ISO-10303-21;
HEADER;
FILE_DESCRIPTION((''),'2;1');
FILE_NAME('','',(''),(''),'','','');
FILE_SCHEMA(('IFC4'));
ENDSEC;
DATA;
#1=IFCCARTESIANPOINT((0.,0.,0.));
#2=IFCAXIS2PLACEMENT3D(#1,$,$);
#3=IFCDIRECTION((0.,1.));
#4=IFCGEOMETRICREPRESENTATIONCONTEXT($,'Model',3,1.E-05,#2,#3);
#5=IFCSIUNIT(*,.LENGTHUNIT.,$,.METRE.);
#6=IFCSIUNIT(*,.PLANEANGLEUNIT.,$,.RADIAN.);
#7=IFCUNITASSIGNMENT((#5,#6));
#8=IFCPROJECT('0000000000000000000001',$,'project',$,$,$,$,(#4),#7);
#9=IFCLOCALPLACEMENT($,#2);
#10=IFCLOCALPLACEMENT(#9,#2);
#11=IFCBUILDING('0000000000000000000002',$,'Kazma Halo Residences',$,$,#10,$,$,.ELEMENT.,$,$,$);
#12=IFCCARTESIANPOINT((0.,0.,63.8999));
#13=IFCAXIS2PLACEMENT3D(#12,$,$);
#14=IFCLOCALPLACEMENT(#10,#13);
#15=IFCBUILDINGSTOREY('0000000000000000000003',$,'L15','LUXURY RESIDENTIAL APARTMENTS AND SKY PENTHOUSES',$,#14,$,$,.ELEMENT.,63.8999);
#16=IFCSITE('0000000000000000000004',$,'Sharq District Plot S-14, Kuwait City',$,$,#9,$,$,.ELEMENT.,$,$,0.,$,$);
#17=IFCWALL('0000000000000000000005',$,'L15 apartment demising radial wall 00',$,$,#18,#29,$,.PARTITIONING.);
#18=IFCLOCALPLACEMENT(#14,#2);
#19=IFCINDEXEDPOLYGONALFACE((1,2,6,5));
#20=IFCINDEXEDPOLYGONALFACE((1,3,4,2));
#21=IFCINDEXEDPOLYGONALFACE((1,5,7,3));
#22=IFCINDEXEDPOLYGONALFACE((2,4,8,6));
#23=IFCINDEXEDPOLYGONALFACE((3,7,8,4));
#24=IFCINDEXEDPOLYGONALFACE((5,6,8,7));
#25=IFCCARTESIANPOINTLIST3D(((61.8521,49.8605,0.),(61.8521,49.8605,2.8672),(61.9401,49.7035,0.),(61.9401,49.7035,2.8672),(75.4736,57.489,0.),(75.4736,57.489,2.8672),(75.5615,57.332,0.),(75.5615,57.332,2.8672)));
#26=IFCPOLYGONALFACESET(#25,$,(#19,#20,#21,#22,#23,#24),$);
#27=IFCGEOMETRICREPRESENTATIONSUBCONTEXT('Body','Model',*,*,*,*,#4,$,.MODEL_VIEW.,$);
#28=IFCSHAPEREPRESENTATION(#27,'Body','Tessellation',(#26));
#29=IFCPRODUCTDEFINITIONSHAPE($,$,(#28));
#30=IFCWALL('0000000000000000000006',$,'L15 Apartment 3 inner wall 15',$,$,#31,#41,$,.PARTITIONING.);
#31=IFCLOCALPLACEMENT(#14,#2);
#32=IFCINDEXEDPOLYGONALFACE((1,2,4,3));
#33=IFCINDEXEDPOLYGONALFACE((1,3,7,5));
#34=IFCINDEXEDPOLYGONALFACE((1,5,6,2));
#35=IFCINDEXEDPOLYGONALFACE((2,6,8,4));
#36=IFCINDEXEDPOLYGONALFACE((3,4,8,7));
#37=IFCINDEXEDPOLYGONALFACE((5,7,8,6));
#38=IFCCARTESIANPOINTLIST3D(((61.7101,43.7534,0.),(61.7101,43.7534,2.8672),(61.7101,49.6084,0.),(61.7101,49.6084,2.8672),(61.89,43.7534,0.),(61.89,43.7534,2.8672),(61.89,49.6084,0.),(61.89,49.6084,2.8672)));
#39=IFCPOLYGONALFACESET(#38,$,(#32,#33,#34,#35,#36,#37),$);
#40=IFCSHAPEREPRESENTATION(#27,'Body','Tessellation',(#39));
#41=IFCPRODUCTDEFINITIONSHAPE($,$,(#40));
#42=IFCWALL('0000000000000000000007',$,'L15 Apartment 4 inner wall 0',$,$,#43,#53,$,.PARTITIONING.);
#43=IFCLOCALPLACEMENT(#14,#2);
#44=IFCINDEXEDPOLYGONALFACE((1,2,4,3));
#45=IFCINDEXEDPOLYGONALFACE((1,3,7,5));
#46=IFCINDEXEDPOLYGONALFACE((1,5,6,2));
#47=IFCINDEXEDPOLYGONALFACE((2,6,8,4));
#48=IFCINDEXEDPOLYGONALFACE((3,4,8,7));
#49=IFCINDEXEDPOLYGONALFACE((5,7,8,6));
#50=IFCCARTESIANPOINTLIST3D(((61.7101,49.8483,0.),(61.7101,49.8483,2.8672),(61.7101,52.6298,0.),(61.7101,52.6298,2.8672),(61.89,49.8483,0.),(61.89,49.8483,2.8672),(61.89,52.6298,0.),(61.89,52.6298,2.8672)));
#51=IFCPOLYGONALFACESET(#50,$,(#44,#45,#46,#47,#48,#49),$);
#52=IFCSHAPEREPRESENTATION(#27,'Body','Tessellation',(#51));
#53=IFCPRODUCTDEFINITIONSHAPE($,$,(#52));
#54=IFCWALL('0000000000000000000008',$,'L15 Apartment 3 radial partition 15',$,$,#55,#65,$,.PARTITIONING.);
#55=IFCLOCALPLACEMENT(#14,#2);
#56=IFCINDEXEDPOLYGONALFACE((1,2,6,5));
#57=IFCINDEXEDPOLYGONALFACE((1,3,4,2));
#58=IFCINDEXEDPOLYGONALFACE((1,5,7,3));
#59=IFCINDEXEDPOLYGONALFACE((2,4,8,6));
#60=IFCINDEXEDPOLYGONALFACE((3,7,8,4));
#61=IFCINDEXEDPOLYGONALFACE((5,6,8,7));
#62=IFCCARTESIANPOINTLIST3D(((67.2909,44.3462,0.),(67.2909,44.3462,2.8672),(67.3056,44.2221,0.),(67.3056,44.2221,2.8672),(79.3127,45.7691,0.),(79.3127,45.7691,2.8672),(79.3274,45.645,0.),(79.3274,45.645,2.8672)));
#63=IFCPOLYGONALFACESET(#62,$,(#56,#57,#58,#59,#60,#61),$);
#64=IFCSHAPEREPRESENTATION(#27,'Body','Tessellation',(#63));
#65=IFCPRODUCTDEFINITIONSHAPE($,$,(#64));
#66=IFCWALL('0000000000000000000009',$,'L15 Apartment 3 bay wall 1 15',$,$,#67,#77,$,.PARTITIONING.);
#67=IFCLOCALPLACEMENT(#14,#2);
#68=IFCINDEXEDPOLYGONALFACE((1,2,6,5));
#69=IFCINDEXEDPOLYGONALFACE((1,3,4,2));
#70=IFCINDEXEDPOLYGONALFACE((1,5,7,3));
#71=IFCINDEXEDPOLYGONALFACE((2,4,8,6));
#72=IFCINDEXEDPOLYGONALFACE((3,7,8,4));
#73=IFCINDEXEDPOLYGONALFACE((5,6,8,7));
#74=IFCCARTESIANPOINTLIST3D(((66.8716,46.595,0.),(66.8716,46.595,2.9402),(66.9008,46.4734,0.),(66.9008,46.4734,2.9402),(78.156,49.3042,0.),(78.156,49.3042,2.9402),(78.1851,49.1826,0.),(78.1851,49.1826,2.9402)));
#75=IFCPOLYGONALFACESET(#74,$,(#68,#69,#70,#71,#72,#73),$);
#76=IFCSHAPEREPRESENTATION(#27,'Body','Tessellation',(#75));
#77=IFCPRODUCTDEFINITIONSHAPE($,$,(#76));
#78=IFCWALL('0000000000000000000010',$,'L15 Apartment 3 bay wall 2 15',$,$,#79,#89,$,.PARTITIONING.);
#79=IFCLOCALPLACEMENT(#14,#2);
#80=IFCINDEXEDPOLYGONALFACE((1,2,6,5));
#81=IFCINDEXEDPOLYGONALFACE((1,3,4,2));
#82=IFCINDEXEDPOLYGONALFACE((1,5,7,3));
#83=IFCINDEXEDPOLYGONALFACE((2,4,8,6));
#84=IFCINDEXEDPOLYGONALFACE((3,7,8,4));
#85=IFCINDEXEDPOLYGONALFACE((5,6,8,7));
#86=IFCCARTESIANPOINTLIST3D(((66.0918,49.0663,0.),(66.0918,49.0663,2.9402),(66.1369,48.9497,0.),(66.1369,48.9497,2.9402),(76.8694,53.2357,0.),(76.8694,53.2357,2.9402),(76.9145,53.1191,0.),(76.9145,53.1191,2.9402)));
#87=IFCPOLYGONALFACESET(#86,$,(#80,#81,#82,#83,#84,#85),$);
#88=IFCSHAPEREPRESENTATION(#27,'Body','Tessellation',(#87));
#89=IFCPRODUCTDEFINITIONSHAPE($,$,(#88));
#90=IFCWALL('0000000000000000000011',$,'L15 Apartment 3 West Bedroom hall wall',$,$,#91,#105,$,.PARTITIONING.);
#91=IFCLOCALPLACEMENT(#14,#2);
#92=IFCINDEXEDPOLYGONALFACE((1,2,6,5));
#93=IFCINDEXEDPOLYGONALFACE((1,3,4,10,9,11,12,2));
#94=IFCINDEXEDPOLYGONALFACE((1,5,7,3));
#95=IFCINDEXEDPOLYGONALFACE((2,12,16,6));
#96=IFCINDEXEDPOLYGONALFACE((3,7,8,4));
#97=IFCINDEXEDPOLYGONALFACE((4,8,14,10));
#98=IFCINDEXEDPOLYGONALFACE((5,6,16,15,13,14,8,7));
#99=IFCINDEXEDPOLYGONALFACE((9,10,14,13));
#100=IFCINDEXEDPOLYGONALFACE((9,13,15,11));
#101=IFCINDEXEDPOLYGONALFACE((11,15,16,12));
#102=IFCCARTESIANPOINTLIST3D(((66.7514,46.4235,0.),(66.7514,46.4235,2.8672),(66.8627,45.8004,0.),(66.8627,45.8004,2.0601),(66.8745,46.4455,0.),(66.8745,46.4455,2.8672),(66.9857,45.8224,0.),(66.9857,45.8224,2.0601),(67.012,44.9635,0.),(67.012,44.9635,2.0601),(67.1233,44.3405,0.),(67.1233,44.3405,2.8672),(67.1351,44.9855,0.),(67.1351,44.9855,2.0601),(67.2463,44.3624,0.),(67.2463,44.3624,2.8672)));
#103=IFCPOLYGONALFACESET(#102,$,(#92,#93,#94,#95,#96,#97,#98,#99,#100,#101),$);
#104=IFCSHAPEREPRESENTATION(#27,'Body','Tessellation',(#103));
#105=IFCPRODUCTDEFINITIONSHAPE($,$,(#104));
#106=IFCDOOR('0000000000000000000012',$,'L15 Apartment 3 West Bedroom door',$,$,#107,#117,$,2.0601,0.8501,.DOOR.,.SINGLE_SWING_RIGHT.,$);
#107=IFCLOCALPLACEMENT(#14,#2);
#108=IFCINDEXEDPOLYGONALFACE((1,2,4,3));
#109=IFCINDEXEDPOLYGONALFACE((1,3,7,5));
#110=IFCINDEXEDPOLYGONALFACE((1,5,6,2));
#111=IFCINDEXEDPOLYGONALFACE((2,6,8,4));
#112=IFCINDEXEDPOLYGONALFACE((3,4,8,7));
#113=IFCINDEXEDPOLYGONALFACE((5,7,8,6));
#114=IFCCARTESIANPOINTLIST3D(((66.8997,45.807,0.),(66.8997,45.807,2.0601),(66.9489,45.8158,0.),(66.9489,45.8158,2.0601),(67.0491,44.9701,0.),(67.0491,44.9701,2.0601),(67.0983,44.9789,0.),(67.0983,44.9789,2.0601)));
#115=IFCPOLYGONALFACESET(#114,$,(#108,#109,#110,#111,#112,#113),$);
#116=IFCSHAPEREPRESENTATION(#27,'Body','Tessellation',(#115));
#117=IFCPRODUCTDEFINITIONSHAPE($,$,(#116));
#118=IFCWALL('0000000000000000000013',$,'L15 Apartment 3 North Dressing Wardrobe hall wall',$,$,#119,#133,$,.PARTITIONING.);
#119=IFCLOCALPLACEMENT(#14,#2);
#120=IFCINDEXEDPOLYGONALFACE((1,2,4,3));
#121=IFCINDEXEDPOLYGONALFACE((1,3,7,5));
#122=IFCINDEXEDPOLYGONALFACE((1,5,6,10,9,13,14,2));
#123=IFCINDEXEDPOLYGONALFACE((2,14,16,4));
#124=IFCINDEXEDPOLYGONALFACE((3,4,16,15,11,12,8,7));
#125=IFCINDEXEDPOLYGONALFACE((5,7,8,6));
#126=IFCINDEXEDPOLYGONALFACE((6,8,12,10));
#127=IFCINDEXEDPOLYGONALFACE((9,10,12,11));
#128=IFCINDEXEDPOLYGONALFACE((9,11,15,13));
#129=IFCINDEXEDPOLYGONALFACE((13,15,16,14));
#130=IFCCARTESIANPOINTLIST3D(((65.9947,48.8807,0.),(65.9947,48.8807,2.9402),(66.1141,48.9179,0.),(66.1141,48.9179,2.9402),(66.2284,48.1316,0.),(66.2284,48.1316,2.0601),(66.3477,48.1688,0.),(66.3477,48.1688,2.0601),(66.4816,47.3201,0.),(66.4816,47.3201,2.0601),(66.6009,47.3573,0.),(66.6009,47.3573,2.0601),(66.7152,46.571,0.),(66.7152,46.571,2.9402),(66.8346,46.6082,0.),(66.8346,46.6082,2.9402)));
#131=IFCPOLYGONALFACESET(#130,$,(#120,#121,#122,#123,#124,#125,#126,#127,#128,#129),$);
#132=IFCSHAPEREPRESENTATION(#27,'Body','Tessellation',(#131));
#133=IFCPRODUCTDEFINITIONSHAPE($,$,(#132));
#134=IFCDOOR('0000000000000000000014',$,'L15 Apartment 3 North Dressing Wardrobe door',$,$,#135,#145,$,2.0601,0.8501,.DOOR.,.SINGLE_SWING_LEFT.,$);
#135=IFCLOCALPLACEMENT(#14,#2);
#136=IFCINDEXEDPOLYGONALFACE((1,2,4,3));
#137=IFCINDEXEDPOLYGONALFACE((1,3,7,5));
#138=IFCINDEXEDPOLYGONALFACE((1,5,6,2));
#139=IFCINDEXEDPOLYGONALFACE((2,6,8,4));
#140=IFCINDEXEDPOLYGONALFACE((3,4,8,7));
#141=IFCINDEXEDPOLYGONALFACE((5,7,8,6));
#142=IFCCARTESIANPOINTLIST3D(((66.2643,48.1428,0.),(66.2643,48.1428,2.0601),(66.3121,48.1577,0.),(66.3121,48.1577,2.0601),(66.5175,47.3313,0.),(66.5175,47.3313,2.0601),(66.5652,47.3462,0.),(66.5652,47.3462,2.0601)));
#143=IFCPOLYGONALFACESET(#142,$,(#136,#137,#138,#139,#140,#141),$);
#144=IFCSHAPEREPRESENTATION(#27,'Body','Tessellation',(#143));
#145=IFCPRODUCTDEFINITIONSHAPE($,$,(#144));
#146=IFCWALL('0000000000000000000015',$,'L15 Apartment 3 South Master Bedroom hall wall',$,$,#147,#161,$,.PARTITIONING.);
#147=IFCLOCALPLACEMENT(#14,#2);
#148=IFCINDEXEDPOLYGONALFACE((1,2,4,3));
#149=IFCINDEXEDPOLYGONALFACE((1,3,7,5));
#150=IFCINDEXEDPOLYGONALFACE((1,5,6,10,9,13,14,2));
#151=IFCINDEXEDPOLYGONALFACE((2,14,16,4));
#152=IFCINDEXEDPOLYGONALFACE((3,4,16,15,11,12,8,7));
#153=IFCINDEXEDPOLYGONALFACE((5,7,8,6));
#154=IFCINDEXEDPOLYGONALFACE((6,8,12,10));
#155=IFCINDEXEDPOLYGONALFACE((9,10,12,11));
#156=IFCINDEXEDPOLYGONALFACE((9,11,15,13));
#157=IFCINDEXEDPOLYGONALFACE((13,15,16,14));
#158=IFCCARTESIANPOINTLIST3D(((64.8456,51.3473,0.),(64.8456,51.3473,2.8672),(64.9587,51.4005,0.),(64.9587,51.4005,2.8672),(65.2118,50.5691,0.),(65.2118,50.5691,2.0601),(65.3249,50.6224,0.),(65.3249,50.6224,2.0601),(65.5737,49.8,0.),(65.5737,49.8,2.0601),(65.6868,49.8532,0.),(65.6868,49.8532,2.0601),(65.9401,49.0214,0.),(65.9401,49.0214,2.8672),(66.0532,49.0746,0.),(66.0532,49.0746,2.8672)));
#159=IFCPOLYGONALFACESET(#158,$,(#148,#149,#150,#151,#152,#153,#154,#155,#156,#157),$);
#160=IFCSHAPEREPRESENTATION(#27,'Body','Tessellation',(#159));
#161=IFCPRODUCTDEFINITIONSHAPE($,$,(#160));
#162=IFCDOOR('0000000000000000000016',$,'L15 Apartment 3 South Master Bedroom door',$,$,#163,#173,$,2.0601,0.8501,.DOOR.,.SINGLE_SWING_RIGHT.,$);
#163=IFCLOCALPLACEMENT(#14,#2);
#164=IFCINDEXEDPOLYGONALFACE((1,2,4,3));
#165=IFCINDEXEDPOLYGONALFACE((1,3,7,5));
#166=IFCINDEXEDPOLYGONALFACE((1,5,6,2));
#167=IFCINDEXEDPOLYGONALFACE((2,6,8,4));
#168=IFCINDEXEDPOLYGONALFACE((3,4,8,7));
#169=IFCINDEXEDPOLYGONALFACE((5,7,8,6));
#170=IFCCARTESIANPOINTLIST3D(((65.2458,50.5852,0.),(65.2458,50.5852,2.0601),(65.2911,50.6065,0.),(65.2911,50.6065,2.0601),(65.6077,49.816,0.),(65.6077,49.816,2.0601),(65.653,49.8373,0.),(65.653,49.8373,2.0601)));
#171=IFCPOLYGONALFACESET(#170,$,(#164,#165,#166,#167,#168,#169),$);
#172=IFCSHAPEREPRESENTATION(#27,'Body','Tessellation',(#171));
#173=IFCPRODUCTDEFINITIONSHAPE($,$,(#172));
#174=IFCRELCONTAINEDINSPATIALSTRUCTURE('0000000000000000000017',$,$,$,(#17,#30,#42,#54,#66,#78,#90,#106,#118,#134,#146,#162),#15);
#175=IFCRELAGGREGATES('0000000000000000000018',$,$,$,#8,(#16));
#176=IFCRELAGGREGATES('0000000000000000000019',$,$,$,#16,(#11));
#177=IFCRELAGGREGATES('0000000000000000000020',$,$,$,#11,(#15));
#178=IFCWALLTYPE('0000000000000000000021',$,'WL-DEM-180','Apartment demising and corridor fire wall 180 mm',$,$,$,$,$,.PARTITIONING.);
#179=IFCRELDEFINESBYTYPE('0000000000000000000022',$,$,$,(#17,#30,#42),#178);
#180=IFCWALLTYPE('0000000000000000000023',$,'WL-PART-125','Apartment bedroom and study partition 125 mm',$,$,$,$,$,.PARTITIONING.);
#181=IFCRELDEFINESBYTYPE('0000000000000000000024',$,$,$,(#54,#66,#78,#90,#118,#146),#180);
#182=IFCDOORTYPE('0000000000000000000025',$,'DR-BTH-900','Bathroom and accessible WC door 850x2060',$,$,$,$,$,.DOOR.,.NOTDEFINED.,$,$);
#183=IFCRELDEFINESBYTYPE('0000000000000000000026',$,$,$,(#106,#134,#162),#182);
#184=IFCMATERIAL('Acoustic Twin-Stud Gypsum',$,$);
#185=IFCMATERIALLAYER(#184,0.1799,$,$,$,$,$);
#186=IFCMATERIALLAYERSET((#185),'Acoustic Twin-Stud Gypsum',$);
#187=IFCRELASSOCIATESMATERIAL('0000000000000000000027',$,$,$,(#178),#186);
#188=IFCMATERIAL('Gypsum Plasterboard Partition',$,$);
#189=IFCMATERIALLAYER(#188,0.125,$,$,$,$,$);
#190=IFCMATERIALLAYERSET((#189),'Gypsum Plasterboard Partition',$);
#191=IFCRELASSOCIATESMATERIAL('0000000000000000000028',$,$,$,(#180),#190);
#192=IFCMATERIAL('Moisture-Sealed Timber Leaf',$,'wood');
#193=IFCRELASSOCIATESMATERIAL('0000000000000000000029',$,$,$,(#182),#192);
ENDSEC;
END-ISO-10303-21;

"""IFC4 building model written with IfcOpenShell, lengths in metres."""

from ifc_helpers import new_model, si_unit, direction, frame, frame_2d, origin, place, context, subcontext, project, spatial, rectangle, extrude, material, layer, layer_set, type_object, element, fill, save


model = new_model("IFC4")

# Units and contexts
model_context = context("Model", 3, precision=1e-05, world=origin(), true_north=direction((0.0, 1.0)))
body_context = subcontext(model_context, "Body", "Model", "MODEL_VIEW")
ifc_project = project(units=[si_unit("LENGTHUNIT", "METRE"), si_unit("PLANEANGLEUNIT", "RADIAN")], contexts=[model_context])

# Site, building, storey
site_placement = place(None, origin())
site = spatial("IfcSite", under=ifc_project, at=site_placement, Name="Sharq District Plot S-14, Kuwait City", CompositionType="ELEMENT", RefElevation=0.0)
building_placement = place(site_placement, origin())
building = spatial("IfcBuilding", under=site, at=building_placement, Name="Kazma Halo Residences", CompositionType="ELEMENT")
storey_placement = place(building_placement, frame((0.0, 0.0, 63.8999)))
storey = spatial("IfcBuildingStorey", under=building, at=storey_placement, Name="L15", Description="LUXURY RESIDENTIAL APARTMENTS AND SKY PENTHOUSES", CompositionType="ELEMENT", Elevation=63.8999)

# Walls
ifc_material_1 = material(Name="Acoustic Twin-Stud Gypsum")
ifc_layer_1 = layer(ifc_material_1, 0.1799)
ifc_layer_set_1 = layer_set([ifc_layer_1], Name="Acoustic Twin-Stud Gypsum")
wall_type_1 = type_object("IfcWallType", Name="WL-DEM-180", Description="Apartment demising and corridor fire wall 180 mm", PredefinedType="PARTITIONING", material=ifc_layer_set_1)
wall_1_placement = place(storey_placement, frame((61.896, 49.782, 0.0), z_axis=(0.0, 0.0, 1.0), x_axis=(0.872493, 0.488626, 0.0)))
element("IfcWall", 1, at=wall_1_placement, inside=storey, type_object=wall_type_1, Name="L15 apartment demising radial wall 00", PredefinedType="PARTITIONING", context=body_context, shape_type="SweptSolid", body=[
    extrude(rectangle(XDim=15.6121, YDim=0.1799, at=frame_2d((7.8062, 0.0))), origin(), (0.0, 0.0, 1.0), 2.8672),
])
wall_2_placement = place(storey_placement, frame((61.8, 43.7534, 0.0), z_axis=(0.0, 0.0, 1.0), x_axis=(0.0, 1.0, 0.0)))
element("IfcWall", 2, at=wall_2_placement, inside=storey, type_object=wall_type_1, Name="L15 Apartment 3 inner wall 15", PredefinedType="PARTITIONING", context=body_context, shape_type="SweptSolid", body=[
    extrude(rectangle(XDim=5.855, YDim=0.1799, at=frame_2d((2.9275, 0.0))), origin(), (0.0, 0.0, 1.0), 2.8672),
])
wall_3_placement = place(storey_placement, frame((61.8, 49.8484, 0.0), z_axis=(0.0, 0.0, 1.0), x_axis=(0.0, 1.0, 0.0)))
element("IfcWall", 3, at=wall_3_placement, inside=storey, type_object=wall_type_1, Name="L15 Apartment 4 inner wall 0", PredefinedType="PARTITIONING", context=body_context, shape_type="SweptSolid", body=[
    extrude(rectangle(XDim=2.7815, YDim=0.1799, at=frame_2d((1.3906, 0.0))), origin(), (0.0, 0.0, 1.0), 2.8672),
])
ifc_material_2 = material(Name="Gypsum Plasterboard Partition")
ifc_layer_2 = layer(ifc_material_2, 0.125)
ifc_layer_set_2 = layer_set([ifc_layer_2], Name="Gypsum Plasterboard Partition")
wall_type_2 = type_object("IfcWallType", Name="WL-PART-125", Description="Apartment bedroom and study partition 125 mm", PredefinedType="PARTITIONING", material=ifc_layer_set_2)
wall_4_placement = place(storey_placement, frame((67.2983, 44.2842, 0.0), z_axis=(0.0, 0.0, 1.0), x_axis=(0.993069, 0.117536, 0.0)))
element("IfcWall", 4, at=wall_4_placement, inside=storey, type_object=wall_type_2, Name="L15 Apartment 3 radial partition 15", PredefinedType="PARTITIONING", context=body_context, shape_type="SweptSolid", body=[
    extrude(rectangle(XDim=12.1057, YDim=0.125, at=frame_2d((6.0527, 0.0))), origin(), (0.0, 0.0, 1.0), 2.8672),
])
wall_5_placement = place(storey_placement, frame((66.8862, 46.5342, 0.0), z_axis=(0.0, 0.0, 1.0), x_axis=(0.972368, 0.233452, 0.0)))
element("IfcWall", 5, at=wall_5_placement, inside=storey, type_object=wall_type_2, Name="L15 Apartment 3 bay wall 1 15", PredefinedType="PARTITIONING", context=body_context, shape_type="SweptSolid", body=[
    extrude(rectangle(XDim=11.605, YDim=0.125, at=frame_2d((5.8025, 0.0))), origin(), (0.0, 0.0, 1.0), 2.9402),
])
wall_6_placement = place(storey_placement, frame((66.1145, 49.0081, 0.0), z_axis=(0.0, 0.0, 1.0), x_axis=(0.932642, 0.360803, 0.0)))
element("IfcWall", 6, at=wall_6_placement, inside=storey, type_object=wall_type_2, Name="L15 Apartment 3 bay wall 2 15", PredefinedType="PARTITIONING", context=body_context, shape_type="SweptSolid", body=[
    extrude(rectangle(XDim=11.5559, YDim=0.125, at=frame_2d((5.7778, 0.0))), origin(), (0.0, 0.0, 1.0), 2.9402),
])

# Walls, openings, doors
wall_7_placement = place(storey_placement, frame((67.1848, 44.3513, 0.0), z_axis=(0.0, 0.0, 1.0), x_axis=(-0.175727, 0.984439, 0.0)))
wall_7 = element("IfcWall", 7, at=wall_7_placement, inside=storey, type_object=wall_type_2, Name="L15 Apartment 3 West Bedroom hall wall", PredefinedType="PARTITIONING", context=body_context, shape_type="SweptSolid", body=[
    extrude(rectangle(XDim=2.116, YDim=0.125, at=frame_2d((1.0581, 0.0))), origin(), (0.0, 0.0, 1.0), 2.8672),
])
opening_1_placement = place(wall_7_placement, frame((0.6331, 0.0, 0.0)))
opening_1 = element("IfcOpeningElement", 8, at=opening_1_placement, cuts=wall_7, PredefinedType="OPENING", context=body_context, shape_type="SweptSolid", body=[
    extrude(rectangle(XDim=0.8501, YDim=2.0601, at=frame_2d((0.425, 1.03))), frame((0.0, 0.0725, 0.0), z_axis=(0.0, -1.0, 0.0), x_axis=(1.0, 0.0, 0.0)), (0.0, 0.0, 1.0), 0.145),
])
ifc_material_3 = material(Name="Moisture-Sealed Timber Leaf", Category="wood")
door_type = type_object("IfcDoorType", Name="DR-BTH-900", Description="Bathroom and accessible WC door 850x2060", OperationType="NOTDEFINED", PredefinedType="DOOR", material=ifc_material_3)
door_1_placement = place(opening_1_placement, origin())
door_1 = element("IfcDoor", 9, at=door_1_placement, inside=storey, type_object=door_type, Name="L15 Apartment 3 West Bedroom door", OperationType="SINGLE_SWING_RIGHT", OverallHeight=2.0601, OverallWidth=0.8501, PredefinedType="DOOR", context=body_context, shape_type="SweptSolid", body=[
    extrude(rectangle(XDim=0.8501, YDim=2.0601, at=frame_2d((0.425, 1.03))), frame((0.0, 0.0249, 0.0), z_axis=(0.0, -1.0, 0.0), x_axis=(1.0, 0.0, 0.0)), (0.0, 0.0, 1.0), 0.05),
])
fill(opening_1, door_1)
wall_8_placement = place(storey_placement, frame((66.7749, 46.5896, 0.0), z_axis=(0.0, 0.0, 1.0), x_axis=(-0.297792, 0.954631, 0.0)))
wall_8 = element("IfcWall", 10, at=wall_8_placement, inside=storey, type_object=wall_type_2, Name="L15 Apartment 3 North Dressing Wardrobe hall wall", PredefinedType="PARTITIONING", context=body_context, shape_type="SweptSolid", body=[
    extrude(rectangle(XDim=2.4194, YDim=0.125, at=frame_2d((1.2097, 0.0))), origin(), (0.0, 0.0, 1.0), 2.9402),
])
opening_2_placement = place(wall_8_placement, frame((0.7847, 0.0, 0.0)))
opening_2 = element("IfcOpeningElement", 11, at=opening_2_placement, cuts=wall_8, PredefinedType="OPENING", context=body_context, shape_type="SweptSolid", body=[
    extrude(rectangle(XDim=0.8501, YDim=2.0601, at=frame_2d((0.425, 1.03))), frame((0.0, 0.0725, 0.0), z_axis=(0.0, -1.0, 0.0), x_axis=(1.0, 0.0, 0.0)), (0.0, 0.0, 1.0), 0.145),
])
door_2_placement = place(opening_2_placement, origin())
door_2 = element("IfcDoor", 12, at=door_2_placement, inside=storey, type_object=door_type, Name="L15 Apartment 3 North Dressing Wardrobe door", OperationType="SINGLE_SWING_LEFT", OverallHeight=2.0601, OverallWidth=0.8501, PredefinedType="DOOR", context=body_context, shape_type="SweptSolid", body=[
    extrude(rectangle(XDim=0.8501, YDim=2.0601, at=frame_2d((0.425, 1.03))), frame((0.0, 0.0249, 0.0), z_axis=(0.0, -1.0, 0.0), x_axis=(1.0, 0.0, 0.0)), (0.0, 0.0, 1.0), 0.05),
])
fill(opening_2, door_2)
wall_9_placement = place(storey_placement, frame((65.9966, 49.0481, 0.0), z_axis=(0.0, 0.0, 1.0), x_axis=(-0.425774, 0.904829, 0.0)))
wall_9 = element("IfcWall", 13, at=wall_9_placement, inside=storey, type_object=wall_type_2, Name="L15 Apartment 3 South Master Bedroom hall wall", PredefinedType="PARTITIONING", context=body_context, shape_type="SweptSolid", body=[
    extrude(rectangle(XDim=2.5706, YDim=0.125, at=frame_2d((1.2852, 0.0))), origin(), (0.0, 0.0, 1.0), 2.8672),
])
opening_3_placement = place(wall_9_placement, frame((0.8604, 0.0, 0.0)))
opening_3 = element("IfcOpeningElement", 14, at=opening_3_placement, cuts=wall_9, PredefinedType="OPENING", context=body_context, shape_type="SweptSolid", body=[
    extrude(rectangle(XDim=0.8501, YDim=2.0601, at=frame_2d((0.425, 1.03))), frame((0.0, 0.0725, 0.0), z_axis=(0.0, -1.0, 0.0), x_axis=(1.0, 0.0, 0.0)), (0.0, 0.0, 1.0), 0.145),
])
door_3_placement = place(opening_3_placement, origin())
door_3 = element("IfcDoor", 15, at=door_3_placement, inside=storey, type_object=door_type, Name="L15 Apartment 3 South Master Bedroom door", OperationType="SINGLE_SWING_RIGHT", OverallHeight=2.0601, OverallWidth=0.8501, PredefinedType="DOOR", context=body_context, shape_type="SweptSolid", body=[
    extrude(rectangle(XDim=0.8501, YDim=2.0601, at=frame_2d((0.425, 1.03))), frame((0.0, 0.0249, 0.0), z_axis=(0.0, -1.0, 0.0), x_axis=(1.0, 0.0, 0.0)), (0.0, 0.0, 1.0), 0.05),
])
fill(opening_3, door_3)

save(model, "model.ifc")
